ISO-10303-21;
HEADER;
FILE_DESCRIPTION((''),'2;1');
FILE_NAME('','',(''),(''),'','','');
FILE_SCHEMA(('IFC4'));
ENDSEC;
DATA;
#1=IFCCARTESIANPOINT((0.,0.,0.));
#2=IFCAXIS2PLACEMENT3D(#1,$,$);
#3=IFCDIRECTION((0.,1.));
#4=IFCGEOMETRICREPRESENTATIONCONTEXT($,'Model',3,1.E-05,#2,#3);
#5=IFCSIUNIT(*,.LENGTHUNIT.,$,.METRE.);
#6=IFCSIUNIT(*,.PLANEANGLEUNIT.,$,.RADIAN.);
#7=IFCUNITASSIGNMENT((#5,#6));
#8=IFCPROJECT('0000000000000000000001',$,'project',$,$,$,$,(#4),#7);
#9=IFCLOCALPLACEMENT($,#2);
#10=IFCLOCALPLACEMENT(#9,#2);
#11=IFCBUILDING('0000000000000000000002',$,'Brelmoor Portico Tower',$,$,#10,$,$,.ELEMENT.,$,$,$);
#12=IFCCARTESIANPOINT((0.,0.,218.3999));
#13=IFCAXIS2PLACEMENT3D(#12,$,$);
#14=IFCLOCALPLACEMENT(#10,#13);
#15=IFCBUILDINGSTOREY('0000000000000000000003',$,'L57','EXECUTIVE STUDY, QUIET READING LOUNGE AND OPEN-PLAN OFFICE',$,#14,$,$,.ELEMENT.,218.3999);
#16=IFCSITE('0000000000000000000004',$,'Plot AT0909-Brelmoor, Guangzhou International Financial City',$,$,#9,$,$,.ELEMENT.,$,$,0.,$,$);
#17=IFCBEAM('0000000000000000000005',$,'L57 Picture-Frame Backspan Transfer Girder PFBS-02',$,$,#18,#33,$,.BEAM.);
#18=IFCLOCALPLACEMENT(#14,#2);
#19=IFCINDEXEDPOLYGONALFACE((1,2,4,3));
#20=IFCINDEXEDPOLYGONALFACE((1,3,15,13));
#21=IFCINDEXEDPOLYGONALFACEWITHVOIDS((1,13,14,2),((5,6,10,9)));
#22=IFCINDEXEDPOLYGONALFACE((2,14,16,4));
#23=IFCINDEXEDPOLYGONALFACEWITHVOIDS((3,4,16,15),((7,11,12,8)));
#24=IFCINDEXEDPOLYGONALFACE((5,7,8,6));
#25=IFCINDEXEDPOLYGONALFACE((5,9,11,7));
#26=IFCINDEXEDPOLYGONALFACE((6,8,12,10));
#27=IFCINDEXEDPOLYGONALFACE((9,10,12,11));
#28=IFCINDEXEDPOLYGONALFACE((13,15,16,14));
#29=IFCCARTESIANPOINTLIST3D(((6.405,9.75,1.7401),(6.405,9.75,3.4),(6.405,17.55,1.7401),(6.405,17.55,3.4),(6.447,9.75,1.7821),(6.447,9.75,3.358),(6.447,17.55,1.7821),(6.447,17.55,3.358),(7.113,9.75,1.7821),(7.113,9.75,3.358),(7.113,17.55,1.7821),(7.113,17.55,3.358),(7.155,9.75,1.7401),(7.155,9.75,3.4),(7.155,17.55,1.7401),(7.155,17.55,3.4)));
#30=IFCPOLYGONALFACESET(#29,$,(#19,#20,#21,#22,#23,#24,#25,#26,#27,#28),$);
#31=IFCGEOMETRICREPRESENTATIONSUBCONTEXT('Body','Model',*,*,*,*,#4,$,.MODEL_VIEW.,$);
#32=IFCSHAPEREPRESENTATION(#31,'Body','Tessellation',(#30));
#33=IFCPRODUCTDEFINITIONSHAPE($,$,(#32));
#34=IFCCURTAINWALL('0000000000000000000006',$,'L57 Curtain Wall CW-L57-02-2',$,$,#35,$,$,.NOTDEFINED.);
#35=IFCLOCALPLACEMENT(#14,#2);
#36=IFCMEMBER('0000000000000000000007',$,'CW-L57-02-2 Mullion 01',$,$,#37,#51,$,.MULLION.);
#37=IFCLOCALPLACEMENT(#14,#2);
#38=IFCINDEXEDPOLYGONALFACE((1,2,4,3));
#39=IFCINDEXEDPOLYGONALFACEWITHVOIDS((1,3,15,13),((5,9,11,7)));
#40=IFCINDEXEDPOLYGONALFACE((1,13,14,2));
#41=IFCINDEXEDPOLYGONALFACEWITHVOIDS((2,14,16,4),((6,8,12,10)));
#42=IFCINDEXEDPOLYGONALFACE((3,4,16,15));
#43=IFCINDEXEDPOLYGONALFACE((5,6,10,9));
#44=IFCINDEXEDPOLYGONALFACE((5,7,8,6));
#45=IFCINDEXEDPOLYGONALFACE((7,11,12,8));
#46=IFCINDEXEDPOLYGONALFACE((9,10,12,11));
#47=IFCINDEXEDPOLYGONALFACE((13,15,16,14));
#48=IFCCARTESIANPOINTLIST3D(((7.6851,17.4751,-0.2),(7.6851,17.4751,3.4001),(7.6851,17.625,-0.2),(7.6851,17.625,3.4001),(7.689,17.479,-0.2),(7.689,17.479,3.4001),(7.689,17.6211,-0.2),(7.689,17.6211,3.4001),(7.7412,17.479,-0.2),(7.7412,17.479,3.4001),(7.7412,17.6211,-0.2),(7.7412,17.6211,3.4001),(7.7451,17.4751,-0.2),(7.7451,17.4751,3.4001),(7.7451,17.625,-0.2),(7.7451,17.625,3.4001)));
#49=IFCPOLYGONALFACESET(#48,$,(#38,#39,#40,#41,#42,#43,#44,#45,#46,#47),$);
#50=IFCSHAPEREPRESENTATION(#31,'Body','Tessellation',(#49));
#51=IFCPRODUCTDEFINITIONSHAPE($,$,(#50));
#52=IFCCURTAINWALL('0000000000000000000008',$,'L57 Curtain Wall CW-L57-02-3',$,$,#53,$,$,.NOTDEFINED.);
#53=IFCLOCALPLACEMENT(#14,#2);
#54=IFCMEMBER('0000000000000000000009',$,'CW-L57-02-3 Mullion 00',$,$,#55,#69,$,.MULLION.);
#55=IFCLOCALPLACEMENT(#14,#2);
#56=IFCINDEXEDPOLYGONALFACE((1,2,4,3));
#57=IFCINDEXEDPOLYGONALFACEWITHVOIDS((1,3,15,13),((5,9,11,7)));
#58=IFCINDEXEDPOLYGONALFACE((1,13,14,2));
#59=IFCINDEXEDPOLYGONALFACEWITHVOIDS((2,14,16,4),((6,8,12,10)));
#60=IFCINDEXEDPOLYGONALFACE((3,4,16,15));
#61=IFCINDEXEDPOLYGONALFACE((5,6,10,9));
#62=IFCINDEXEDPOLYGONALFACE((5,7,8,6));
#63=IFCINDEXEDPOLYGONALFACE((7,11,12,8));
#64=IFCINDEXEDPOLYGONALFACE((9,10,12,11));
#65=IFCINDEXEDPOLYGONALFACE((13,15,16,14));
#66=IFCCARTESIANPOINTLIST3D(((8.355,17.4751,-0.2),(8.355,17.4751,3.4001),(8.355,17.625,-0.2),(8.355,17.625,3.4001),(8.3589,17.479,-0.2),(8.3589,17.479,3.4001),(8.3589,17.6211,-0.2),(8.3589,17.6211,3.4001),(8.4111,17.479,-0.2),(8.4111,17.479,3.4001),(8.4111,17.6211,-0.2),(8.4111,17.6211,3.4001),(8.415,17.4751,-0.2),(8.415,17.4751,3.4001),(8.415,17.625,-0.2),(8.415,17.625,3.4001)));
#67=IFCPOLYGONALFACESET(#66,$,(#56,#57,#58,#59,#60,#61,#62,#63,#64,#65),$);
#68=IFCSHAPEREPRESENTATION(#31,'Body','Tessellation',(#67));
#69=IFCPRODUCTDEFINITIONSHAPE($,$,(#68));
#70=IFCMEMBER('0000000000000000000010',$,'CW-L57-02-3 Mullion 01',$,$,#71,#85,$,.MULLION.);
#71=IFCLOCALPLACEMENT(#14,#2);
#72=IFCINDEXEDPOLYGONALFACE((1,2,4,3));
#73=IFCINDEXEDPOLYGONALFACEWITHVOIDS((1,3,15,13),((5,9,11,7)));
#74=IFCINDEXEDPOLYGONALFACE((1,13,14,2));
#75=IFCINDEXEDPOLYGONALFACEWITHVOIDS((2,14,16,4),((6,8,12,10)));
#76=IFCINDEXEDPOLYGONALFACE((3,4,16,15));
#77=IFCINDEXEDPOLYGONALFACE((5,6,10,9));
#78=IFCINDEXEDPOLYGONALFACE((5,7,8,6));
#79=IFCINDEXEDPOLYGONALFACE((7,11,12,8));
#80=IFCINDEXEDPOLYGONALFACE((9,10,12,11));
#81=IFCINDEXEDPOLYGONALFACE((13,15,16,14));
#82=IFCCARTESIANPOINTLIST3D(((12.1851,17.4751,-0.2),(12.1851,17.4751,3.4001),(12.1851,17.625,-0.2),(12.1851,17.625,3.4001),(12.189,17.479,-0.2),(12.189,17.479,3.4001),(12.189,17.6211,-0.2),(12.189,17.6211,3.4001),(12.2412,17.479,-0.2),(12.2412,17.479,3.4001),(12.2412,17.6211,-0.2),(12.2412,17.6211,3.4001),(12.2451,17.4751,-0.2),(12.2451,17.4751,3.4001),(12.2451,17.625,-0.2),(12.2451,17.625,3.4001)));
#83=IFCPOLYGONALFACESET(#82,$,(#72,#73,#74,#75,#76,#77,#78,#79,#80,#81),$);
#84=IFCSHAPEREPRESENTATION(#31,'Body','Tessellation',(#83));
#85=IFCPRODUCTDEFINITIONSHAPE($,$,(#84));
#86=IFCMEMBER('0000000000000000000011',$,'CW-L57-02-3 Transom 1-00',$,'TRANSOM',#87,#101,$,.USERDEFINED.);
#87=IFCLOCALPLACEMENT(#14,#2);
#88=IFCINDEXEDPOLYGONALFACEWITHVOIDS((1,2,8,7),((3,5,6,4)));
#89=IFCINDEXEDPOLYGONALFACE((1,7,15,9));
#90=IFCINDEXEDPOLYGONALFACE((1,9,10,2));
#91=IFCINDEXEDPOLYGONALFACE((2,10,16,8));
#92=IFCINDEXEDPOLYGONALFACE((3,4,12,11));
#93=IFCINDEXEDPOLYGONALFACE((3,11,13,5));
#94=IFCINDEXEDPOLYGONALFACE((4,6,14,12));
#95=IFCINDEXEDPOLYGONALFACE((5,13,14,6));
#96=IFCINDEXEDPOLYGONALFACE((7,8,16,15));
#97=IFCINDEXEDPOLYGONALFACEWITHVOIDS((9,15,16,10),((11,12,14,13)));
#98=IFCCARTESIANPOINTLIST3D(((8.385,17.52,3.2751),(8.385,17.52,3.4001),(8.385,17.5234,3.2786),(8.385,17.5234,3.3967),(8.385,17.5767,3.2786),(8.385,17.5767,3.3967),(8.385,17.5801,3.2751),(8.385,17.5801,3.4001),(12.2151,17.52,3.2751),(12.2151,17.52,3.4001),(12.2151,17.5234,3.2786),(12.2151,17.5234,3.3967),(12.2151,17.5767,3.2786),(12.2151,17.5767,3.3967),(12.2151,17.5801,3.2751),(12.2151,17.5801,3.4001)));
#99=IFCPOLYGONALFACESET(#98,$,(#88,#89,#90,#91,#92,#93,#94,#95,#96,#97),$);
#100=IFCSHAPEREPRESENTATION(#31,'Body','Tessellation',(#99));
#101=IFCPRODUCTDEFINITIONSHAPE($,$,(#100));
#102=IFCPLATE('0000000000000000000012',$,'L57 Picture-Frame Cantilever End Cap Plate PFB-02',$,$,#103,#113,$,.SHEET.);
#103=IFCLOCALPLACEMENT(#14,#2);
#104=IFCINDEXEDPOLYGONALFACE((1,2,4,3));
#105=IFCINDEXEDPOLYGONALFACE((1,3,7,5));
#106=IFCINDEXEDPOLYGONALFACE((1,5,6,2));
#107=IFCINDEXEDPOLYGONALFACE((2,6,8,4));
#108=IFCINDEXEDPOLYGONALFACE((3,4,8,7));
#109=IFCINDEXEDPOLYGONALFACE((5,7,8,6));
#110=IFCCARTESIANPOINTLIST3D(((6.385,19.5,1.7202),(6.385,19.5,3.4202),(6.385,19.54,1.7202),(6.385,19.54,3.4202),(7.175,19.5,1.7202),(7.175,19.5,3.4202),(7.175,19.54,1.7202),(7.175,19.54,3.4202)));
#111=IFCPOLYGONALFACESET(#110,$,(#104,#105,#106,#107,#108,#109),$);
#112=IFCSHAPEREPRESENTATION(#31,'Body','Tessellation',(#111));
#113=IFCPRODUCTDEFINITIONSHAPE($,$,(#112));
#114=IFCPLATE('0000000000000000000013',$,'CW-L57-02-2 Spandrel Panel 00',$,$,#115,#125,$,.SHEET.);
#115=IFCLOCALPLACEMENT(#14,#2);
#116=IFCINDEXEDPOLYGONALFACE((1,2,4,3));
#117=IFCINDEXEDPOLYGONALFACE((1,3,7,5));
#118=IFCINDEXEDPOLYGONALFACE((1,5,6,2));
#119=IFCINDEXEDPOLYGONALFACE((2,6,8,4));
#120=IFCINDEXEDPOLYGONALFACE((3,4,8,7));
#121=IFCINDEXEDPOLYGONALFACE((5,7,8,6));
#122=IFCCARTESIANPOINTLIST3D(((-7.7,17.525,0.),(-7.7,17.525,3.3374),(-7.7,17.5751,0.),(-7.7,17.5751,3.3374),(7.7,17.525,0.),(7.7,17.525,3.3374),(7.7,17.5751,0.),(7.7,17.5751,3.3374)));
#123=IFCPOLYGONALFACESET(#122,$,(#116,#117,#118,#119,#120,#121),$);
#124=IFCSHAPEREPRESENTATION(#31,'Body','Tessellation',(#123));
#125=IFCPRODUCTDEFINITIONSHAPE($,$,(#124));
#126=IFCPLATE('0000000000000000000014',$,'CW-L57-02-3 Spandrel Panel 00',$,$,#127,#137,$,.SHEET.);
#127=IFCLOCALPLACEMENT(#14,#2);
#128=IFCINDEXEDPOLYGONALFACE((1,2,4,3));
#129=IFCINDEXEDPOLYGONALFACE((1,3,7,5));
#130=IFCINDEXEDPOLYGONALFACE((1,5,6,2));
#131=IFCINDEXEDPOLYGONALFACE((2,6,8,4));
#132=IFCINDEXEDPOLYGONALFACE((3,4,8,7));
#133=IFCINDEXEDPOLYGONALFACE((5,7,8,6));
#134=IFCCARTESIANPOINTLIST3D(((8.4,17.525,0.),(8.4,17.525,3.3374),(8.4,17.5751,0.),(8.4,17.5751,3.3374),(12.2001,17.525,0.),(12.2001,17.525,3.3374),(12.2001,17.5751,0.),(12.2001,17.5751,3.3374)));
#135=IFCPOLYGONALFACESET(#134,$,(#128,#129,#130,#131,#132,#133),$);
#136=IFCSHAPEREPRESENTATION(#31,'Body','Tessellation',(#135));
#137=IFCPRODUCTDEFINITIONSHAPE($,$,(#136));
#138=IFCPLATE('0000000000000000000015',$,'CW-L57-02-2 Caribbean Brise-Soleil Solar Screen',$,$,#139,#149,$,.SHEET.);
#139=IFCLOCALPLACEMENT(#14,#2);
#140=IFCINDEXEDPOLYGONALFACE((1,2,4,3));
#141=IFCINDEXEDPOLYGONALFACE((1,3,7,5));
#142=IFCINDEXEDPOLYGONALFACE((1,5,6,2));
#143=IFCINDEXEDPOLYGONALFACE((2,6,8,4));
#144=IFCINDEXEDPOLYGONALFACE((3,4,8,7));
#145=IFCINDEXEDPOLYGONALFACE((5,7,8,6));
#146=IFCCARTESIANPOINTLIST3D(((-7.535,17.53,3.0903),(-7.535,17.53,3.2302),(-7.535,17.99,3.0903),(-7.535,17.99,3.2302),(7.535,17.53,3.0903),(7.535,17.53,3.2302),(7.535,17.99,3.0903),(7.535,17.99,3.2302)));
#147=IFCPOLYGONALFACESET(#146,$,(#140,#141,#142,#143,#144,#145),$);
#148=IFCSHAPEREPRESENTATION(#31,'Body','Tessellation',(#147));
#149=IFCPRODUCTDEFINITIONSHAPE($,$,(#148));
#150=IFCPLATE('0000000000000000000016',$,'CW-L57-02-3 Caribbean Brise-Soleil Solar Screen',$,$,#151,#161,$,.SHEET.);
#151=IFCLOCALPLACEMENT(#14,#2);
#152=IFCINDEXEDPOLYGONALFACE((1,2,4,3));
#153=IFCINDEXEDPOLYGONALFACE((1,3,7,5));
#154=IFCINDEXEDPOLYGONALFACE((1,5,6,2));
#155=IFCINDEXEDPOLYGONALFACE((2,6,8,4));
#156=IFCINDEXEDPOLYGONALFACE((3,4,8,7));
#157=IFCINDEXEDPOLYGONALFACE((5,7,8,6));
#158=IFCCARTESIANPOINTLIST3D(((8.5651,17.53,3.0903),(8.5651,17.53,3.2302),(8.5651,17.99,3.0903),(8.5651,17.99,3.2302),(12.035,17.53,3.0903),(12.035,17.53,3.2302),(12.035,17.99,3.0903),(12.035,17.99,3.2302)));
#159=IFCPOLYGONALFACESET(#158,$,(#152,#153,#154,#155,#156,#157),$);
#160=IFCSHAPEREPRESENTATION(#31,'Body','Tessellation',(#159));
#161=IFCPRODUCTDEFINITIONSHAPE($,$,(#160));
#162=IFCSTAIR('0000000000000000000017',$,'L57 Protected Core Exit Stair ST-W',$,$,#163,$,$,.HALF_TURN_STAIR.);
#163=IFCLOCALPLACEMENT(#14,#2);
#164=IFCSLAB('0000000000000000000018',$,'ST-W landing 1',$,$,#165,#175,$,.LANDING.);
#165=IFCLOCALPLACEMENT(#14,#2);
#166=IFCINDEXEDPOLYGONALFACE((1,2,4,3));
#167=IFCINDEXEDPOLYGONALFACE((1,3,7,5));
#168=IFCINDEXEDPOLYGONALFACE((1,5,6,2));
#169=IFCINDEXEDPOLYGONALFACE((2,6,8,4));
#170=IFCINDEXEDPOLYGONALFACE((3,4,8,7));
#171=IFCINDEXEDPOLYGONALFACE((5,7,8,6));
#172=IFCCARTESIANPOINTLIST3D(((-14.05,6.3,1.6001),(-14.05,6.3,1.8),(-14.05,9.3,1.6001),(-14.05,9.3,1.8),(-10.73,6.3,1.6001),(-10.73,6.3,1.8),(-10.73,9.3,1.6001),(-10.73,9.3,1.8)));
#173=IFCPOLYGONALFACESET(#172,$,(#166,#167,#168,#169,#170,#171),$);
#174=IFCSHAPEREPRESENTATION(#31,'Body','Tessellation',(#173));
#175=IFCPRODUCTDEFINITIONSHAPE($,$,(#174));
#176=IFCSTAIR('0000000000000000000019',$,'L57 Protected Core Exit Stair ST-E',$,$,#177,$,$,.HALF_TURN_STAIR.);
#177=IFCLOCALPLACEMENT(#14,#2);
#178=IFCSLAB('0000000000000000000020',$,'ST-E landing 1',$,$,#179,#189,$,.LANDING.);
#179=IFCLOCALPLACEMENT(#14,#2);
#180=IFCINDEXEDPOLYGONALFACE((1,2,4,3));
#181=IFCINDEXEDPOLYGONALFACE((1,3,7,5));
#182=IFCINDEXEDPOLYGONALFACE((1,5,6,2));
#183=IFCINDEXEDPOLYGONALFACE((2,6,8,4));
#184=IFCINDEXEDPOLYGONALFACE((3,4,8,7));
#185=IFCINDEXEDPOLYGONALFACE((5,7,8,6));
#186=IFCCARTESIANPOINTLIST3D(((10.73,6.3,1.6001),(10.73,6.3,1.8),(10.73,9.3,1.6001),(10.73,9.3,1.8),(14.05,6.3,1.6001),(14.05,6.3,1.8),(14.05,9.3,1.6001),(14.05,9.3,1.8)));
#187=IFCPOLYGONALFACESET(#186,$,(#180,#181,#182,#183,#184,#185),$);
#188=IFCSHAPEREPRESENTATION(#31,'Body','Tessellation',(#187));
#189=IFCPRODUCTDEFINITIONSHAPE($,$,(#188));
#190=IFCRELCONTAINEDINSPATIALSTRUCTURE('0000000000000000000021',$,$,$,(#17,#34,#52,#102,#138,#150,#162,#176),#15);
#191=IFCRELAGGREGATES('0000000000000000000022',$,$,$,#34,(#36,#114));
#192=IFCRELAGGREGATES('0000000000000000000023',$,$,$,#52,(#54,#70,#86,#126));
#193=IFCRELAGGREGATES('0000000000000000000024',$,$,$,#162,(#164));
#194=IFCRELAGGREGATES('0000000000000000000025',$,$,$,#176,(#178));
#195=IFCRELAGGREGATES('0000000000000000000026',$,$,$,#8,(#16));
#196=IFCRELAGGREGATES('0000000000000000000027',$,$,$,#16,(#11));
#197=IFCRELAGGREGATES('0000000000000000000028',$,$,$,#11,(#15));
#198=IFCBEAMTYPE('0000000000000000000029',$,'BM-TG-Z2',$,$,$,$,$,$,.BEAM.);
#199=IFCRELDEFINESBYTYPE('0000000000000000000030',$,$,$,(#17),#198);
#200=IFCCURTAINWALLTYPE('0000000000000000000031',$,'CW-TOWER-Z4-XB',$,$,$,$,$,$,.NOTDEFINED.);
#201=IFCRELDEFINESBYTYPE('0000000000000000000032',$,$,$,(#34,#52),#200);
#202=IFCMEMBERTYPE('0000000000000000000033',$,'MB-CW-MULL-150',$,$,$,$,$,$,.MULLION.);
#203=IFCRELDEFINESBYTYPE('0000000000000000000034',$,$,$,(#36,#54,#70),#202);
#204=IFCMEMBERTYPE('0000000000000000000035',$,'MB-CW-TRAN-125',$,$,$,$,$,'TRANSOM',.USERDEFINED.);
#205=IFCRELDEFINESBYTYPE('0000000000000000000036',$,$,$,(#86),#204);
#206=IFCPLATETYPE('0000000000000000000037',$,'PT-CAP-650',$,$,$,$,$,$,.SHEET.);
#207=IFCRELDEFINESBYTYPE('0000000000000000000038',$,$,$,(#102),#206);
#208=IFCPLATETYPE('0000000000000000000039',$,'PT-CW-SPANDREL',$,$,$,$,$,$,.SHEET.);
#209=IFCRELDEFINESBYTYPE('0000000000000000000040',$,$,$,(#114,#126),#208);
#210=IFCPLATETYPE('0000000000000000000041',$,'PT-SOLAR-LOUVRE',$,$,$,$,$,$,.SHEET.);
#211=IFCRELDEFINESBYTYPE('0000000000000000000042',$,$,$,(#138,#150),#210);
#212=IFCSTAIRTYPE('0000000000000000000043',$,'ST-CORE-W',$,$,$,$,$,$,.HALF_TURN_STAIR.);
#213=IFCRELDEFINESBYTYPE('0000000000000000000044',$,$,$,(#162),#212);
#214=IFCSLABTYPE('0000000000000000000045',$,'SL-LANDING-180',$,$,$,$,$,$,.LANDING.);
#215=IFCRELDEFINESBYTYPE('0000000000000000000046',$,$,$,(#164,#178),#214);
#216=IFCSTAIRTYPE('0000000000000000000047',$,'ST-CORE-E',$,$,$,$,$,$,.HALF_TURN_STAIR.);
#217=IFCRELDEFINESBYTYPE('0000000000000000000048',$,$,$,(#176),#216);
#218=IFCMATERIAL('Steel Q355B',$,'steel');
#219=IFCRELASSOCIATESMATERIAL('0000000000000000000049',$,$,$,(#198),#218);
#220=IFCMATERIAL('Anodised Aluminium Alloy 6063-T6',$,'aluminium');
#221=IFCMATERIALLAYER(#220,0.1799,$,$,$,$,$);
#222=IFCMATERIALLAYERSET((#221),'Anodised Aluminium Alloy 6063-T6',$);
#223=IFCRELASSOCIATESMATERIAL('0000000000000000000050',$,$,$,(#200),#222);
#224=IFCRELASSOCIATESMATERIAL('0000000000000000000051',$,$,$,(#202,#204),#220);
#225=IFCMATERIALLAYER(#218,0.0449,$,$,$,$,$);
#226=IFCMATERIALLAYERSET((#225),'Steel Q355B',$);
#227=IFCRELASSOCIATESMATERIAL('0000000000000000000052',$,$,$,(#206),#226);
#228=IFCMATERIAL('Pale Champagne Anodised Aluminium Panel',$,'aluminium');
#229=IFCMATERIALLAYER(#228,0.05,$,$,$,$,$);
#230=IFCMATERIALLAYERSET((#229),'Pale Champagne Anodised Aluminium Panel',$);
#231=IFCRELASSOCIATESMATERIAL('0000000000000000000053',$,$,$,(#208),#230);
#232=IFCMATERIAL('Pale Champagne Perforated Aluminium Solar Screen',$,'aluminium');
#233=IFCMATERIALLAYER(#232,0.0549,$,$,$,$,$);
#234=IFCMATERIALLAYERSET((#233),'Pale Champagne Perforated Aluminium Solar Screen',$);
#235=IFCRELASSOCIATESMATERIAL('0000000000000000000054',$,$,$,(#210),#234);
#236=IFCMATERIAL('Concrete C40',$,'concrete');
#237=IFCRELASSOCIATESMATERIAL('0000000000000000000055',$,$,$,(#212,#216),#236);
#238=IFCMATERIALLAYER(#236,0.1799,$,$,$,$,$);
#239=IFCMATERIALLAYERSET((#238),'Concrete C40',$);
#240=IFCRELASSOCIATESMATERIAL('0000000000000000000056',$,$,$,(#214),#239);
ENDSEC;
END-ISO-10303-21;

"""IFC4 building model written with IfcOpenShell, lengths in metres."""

from ifc_helpers import new_model, si_unit, direction, frame, origin, origin_2d, place, context, subcontext, project, spatial, polyline, rectangle, hollow_rectangle, outline, extrude, material, layer, layer_set, material_profile, profile_set, type_object, element, aggregate, save


model = new_model("IFC4")

# Units and contexts
model_context = context("Model", 3, precision=1e-05, world=origin(), true_north=direction((0.0, 1.0)))
body_context = subcontext(model_context, "Body", "Model", "MODEL_VIEW")
ifc_project = project(units=[si_unit("LENGTHUNIT", "METRE"), si_unit("PLANEANGLEUNIT", "RADIAN")], contexts=[model_context])

# Site, building, storey
site_placement = place(None, origin())
site = spatial("IfcSite", under=ifc_project, at=site_placement, Name="Plot AT0909-Brelmoor, Guangzhou International Financial City", CompositionType="ELEMENT", RefElevation=0.0)
building_placement = place(site_placement, origin())
building = spatial("IfcBuilding", under=site, at=building_placement, Name="Brelmoor Portico Tower", CompositionType="ELEMENT")
storey_placement = place(building_placement, frame((0.0, 0.0, 218.3999)))
storey = spatial("IfcBuildingStorey", under=building, at=storey_placement, Name="L57", Description="EXECUTIVE STUDY, QUIET READING LOUNGE AND OPEN-PLAN OFFICE", CompositionType="ELEMENT", Elevation=218.3999)

# Shared definitions
ifc_material_1 = material(Name="Steel Q355B", Category="steel")

# Beam
ifc_material_profile_1 = material_profile(ifc_material_1, hollow_rectangle(XDim=0.75, YDim=1.6599, WallThickness=0.042, at=origin_2d()), Name="BOX 750x1660x42")
ifc_profile_set_1 = profile_set([ifc_material_profile_1], Name="Steel Q355B")
beam_type_1 = type_object("IfcBeamType", Name="BM-TG-Z2", PredefinedType="BEAM", material=ifc_profile_set_1)
beam_1_placement = place(storey_placement, frame((6.78, 9.75, 2.5701), z_axis=(0.0, 1.0, 0.0), x_axis=(-1.0, 0.0, 0.0)))
element("IfcBeam", 1, at=beam_1_placement, inside=storey, type_object=beam_type_1, Name="L57 Picture-Frame Backspan Transfer Girder PFBS-02", PredefinedType="BEAM", context=body_context, shape_type="SweptSolid", body=[
    extrude(hollow_rectangle(XDim=0.75, YDim=1.6599, WallThickness=0.042, at=origin_2d()), origin(), (0.0, 0.0, 1.0), 7.8),
])

# Curtain wall, member
ifc_material_2 = material(Name="Anodised Aluminium Alloy 6063-T6", Category="aluminium")
ifc_layer_1 = layer(ifc_material_2, 0.1799)
ifc_layer_set_1 = layer_set([ifc_layer_1], Name="Anodised Aluminium Alloy 6063-T6")
curtain_wall_type = type_object("IfcCurtainWallType", Name="CW-TOWER-Z4-XB", PredefinedType="NOTDEFINED", material=ifc_layer_set_1)
curtain_wall_1_placement = place(storey_placement, origin())
curtain_wall_1 = element("IfcCurtainWall", 2, at=curtain_wall_1_placement, inside=storey, type_object=curtain_wall_type, Name="L57 Curtain Wall CW-L57-02-2", PredefinedType="NOTDEFINED")
ifc_material_profile_2 = material_profile(ifc_material_2, hollow_rectangle(XDim=0.0601, YDim=0.1499, WallThickness=0.0039, at=origin_2d()), Name="ALU MULLION 60x150")
ifc_profile_set_2 = profile_set([ifc_material_profile_2], Name="Anodised Aluminium Alloy 6063-T6")
member_type_1 = type_object("IfcMemberType", Name="MB-CW-MULL-150", PredefinedType="MULLION", material=ifc_profile_set_2)
member_1_placement = place(storey_placement, frame((7.7151, 17.55, -0.2), z_axis=(0.0, 0.0, 1.0), x_axis=(1.0, 0.0, 0.0)))
member_1 = element("IfcMember", 3, at=member_1_placement, type_object=member_type_1, Name="CW-L57-02-2 Mullion 01", PredefinedType="MULLION", context=body_context, shape_type="SweptSolid", body=[
    extrude(hollow_rectangle(XDim=0.0601, YDim=0.1499, WallThickness=0.0039, at=origin_2d()), origin(), (0.0, 0.0, 1.0), 3.6001),
])

# Curtain wall, members
curtain_wall_2_placement = place(storey_placement, origin())
curtain_wall_2 = element("IfcCurtainWall", 4, at=curtain_wall_2_placement, inside=storey, type_object=curtain_wall_type, Name="L57 Curtain Wall CW-L57-02-3", PredefinedType="NOTDEFINED")
member_2_placement = place(storey_placement, frame((8.385, 17.55, -0.2), z_axis=(0.0, 0.0, 1.0), x_axis=(1.0, 0.0, 0.0)))
member_2 = element("IfcMember", 5, at=member_2_placement, type_object=member_type_1, Name="CW-L57-02-3 Mullion 00", PredefinedType="MULLION", context=body_context, shape_type="SweptSolid", body=[
    extrude(hollow_rectangle(XDim=0.0601, YDim=0.1499, WallThickness=0.0039, at=origin_2d()), origin(), (0.0, 0.0, 1.0), 3.6001),
])
member_3_placement = place(storey_placement, frame((12.2151, 17.55, -0.2), z_axis=(0.0, 0.0, 1.0), x_axis=(1.0, 0.0, 0.0)))
member_3 = element("IfcMember", 6, at=member_3_placement, type_object=member_type_1, Name="CW-L57-02-3 Mullion 01", PredefinedType="MULLION", context=body_context, shape_type="SweptSolid", body=[
    extrude(hollow_rectangle(XDim=0.0601, YDim=0.1499, WallThickness=0.0039, at=origin_2d()), origin(), (0.0, 0.0, 1.0), 3.6001),
])
ifc_material_profile_3 = material_profile(ifc_material_2, hollow_rectangle(XDim=0.0601, YDim=0.125, WallThickness=0.0034, at=origin_2d()), Name="ALU TRANSOM 60x125")
ifc_profile_set_3 = profile_set([ifc_material_profile_3], Name="Anodised Aluminium Alloy 6063-T6")
member_type_2 = type_object("IfcMemberType", Name="MB-CW-TRAN-125", ElementType="TRANSOM", PredefinedType="USERDEFINED", material=ifc_profile_set_3)
member_4_placement = place(storey_placement, frame((8.385, 17.55, 3.3376), z_axis=(1.0, 0.0, 0.0), x_axis=(0.0, 1.0, 0.0)))
member_4 = element("IfcMember", 7, at=member_4_placement, type_object=member_type_2, Name="CW-L57-02-3 Transom 1-00", ObjectType="TRANSOM", PredefinedType="USERDEFINED", context=body_context, shape_type="SweptSolid", body=[
    extrude(hollow_rectangle(XDim=0.0601, YDim=0.125, WallThickness=0.0034, at=origin_2d()), origin(), (0.0, 0.0, 1.0), 3.8301),
])

# Plates
ifc_layer_2 = layer(ifc_material_1, 0.0449)
ifc_layer_set_2 = layer_set([ifc_layer_2], Name="Steel Q355B")
plate_type_1 = type_object("IfcPlateType", Name="PT-CAP-650", PredefinedType="SHEET", material=ifc_layer_set_2)
plate_1_placement = place(storey_placement, frame((6.78, 19.52, 1.7202), z_axis=(0.0, 0.0, 1.0), x_axis=(1.0, 0.0, 0.0)))
element("IfcPlate", 8, at=plate_1_placement, inside=storey, type_object=plate_type_1, Name="L57 Picture-Frame Cantilever End Cap Plate PFB-02", PredefinedType="SHEET", context=body_context, shape_type="SweptSolid", body=[
    extrude(rectangle(XDim=0.79, YDim=0.04, at=origin_2d()), origin(), (0.0, 0.0, 1.0), 1.7),
])
ifc_material_3 = material(Name="Pale Champagne Anodised Aluminium Panel", Category="aluminium")
ifc_layer_3 = layer(ifc_material_3, 0.05)
ifc_layer_set_3 = layer_set([ifc_layer_3], Name="Pale Champagne Anodised Aluminium Panel")
plate_type_2 = type_object("IfcPlateType", Name="PT-CW-SPANDREL", PredefinedType="SHEET", material=ifc_layer_set_3)
plate_2_placement = place(storey_placement, frame((0.0, 17.55, 0.0), z_axis=(0.0, 0.0, 1.0), x_axis=(1.0, 0.0, 0.0)))
plate_2 = element("IfcPlate", 9, at=plate_2_placement, type_object=plate_type_2, Name="CW-L57-02-2 Spandrel Panel 00", PredefinedType="SHEET", context=body_context, shape_type="SweptSolid", body=[
    extrude(rectangle(XDim=15.3999, YDim=0.05, at=origin_2d()), origin(), (0.0, 0.0, 1.0), 3.3374),
])
aggregate(curtain_wall_1, [member_1, plate_2])
plate_3_placement = place(storey_placement, frame((10.3, 17.55, 0.0), z_axis=(0.0, 0.0, 1.0), x_axis=(1.0, 0.0, 0.0)))
plate_3 = element("IfcPlate", 10, at=plate_3_placement, type_object=plate_type_2, Name="CW-L57-02-3 Spandrel Panel 00", PredefinedType="SHEET", context=body_context, shape_type="SweptSolid", body=[
    extrude(rectangle(XDim=3.8, YDim=0.05, at=origin_2d()), origin(), (0.0, 0.0, 1.0), 3.3374),
])
aggregate(curtain_wall_2, [member_2, member_3, member_4, plate_3])

# Plates
ifc_material_4 = material(Name="Pale Champagne Perforated Aluminium Solar Screen", Category="aluminium")
ifc_layer_4 = layer(ifc_material_4, 0.0549)
ifc_layer_set_4 = layer_set([ifc_layer_4], Name="Pale Champagne Perforated Aluminium Solar Screen")
plate_type_3 = type_object("IfcPlateType", Name="PT-SOLAR-LOUVRE", PredefinedType="SHEET", material=ifc_layer_set_4)
plate_4_placement = place(storey_placement, frame((0.0, 17.76, 3.0903), z_axis=(0.0, 0.0, 1.0), x_axis=(1.0, 0.0, 0.0)))
element("IfcPlate", 11, at=plate_4_placement, inside=storey, type_object=plate_type_3, Name="CW-L57-02-2 Caribbean Brise-Soleil Solar Screen", PredefinedType="SHEET", context=body_context, shape_type="SweptSolid", body=[
    extrude(rectangle(XDim=15.0701, YDim=0.46, at=origin_2d()), origin(), (0.0, 0.0, 1.0), 0.1399),
])
plate_5_placement = place(storey_placement, frame((10.3, 17.76, 3.0903), z_axis=(0.0, 0.0, 1.0), x_axis=(1.0, 0.0, 0.0)))
element("IfcPlate", 12, at=plate_5_placement, inside=storey, type_object=plate_type_3, Name="CW-L57-02-3 Caribbean Brise-Soleil Solar Screen", PredefinedType="SHEET", context=body_context, shape_type="SweptSolid", body=[
    extrude(rectangle(XDim=3.47, YDim=0.46, at=origin_2d()), origin(), (0.0, 0.0, 1.0), 0.1399),
])

# Stairs, slabs
ifc_material_5 = material(Name="Concrete C40", Category="concrete")
stair_type_1 = type_object("IfcStairType", Name="ST-CORE-W", PredefinedType="HALF_TURN_STAIR", material=ifc_material_5)
stair_1_placement = place(storey_placement, origin())
stair_1 = element("IfcStair", 13, at=stair_1_placement, inside=storey, type_object=stair_type_1, Name="L57 Protected Core Exit Stair ST-W", PredefinedType="HALF_TURN_STAIR")
ifc_layer_5 = layer(ifc_material_5, 0.1799)
ifc_layer_set_5 = layer_set([ifc_layer_5], Name="Concrete C40")
slab_type = type_object("IfcSlabType", Name="SL-LANDING-180", PredefinedType="LANDING", material=ifc_layer_set_5)
slab_1_placement = place(storey_placement, frame((0.0, 0.0, 1.6001)))
slab_1 = element("IfcSlab", 14, at=slab_1_placement, type_object=slab_type, Name="ST-W landing 1", PredefinedType="LANDING", context=body_context, shape_type="SweptSolid", body=[
    extrude(outline(polyline([(-10.73, 6.3), (-10.73, 9.3), (-14.05, 9.3), (-14.05, 6.3), (-10.73, 6.3)])), origin(), (0.0, 0.0, 1.0), 0.2),
])
aggregate(stair_1, [slab_1])
stair_type_2 = type_object("IfcStairType", Name="ST-CORE-E", PredefinedType="HALF_TURN_STAIR", material=ifc_material_5)
stair_2_placement = place(storey_placement, origin())
stair_2 = element("IfcStair", 15, at=stair_2_placement, inside=storey, type_object=stair_type_2, Name="L57 Protected Core Exit Stair ST-E", PredefinedType="HALF_TURN_STAIR")
slab_2_placement = place(storey_placement, frame((0.0, 0.0, 1.6001)))
slab_2 = element("IfcSlab", 16, at=slab_2_placement, type_object=slab_type, Name="ST-E landing 1", PredefinedType="LANDING", context=body_context, shape_type="SweptSolid", body=[
    extrude(outline(polyline([(14.05, 6.3), (14.05, 9.3), (10.73, 9.3), (10.73, 6.3), (14.05, 6.3)])), origin(), (0.0, 0.0, 1.0), 0.2),
])

aggregate(stair_2, [slab_2])

save(model, "model.ifc")
